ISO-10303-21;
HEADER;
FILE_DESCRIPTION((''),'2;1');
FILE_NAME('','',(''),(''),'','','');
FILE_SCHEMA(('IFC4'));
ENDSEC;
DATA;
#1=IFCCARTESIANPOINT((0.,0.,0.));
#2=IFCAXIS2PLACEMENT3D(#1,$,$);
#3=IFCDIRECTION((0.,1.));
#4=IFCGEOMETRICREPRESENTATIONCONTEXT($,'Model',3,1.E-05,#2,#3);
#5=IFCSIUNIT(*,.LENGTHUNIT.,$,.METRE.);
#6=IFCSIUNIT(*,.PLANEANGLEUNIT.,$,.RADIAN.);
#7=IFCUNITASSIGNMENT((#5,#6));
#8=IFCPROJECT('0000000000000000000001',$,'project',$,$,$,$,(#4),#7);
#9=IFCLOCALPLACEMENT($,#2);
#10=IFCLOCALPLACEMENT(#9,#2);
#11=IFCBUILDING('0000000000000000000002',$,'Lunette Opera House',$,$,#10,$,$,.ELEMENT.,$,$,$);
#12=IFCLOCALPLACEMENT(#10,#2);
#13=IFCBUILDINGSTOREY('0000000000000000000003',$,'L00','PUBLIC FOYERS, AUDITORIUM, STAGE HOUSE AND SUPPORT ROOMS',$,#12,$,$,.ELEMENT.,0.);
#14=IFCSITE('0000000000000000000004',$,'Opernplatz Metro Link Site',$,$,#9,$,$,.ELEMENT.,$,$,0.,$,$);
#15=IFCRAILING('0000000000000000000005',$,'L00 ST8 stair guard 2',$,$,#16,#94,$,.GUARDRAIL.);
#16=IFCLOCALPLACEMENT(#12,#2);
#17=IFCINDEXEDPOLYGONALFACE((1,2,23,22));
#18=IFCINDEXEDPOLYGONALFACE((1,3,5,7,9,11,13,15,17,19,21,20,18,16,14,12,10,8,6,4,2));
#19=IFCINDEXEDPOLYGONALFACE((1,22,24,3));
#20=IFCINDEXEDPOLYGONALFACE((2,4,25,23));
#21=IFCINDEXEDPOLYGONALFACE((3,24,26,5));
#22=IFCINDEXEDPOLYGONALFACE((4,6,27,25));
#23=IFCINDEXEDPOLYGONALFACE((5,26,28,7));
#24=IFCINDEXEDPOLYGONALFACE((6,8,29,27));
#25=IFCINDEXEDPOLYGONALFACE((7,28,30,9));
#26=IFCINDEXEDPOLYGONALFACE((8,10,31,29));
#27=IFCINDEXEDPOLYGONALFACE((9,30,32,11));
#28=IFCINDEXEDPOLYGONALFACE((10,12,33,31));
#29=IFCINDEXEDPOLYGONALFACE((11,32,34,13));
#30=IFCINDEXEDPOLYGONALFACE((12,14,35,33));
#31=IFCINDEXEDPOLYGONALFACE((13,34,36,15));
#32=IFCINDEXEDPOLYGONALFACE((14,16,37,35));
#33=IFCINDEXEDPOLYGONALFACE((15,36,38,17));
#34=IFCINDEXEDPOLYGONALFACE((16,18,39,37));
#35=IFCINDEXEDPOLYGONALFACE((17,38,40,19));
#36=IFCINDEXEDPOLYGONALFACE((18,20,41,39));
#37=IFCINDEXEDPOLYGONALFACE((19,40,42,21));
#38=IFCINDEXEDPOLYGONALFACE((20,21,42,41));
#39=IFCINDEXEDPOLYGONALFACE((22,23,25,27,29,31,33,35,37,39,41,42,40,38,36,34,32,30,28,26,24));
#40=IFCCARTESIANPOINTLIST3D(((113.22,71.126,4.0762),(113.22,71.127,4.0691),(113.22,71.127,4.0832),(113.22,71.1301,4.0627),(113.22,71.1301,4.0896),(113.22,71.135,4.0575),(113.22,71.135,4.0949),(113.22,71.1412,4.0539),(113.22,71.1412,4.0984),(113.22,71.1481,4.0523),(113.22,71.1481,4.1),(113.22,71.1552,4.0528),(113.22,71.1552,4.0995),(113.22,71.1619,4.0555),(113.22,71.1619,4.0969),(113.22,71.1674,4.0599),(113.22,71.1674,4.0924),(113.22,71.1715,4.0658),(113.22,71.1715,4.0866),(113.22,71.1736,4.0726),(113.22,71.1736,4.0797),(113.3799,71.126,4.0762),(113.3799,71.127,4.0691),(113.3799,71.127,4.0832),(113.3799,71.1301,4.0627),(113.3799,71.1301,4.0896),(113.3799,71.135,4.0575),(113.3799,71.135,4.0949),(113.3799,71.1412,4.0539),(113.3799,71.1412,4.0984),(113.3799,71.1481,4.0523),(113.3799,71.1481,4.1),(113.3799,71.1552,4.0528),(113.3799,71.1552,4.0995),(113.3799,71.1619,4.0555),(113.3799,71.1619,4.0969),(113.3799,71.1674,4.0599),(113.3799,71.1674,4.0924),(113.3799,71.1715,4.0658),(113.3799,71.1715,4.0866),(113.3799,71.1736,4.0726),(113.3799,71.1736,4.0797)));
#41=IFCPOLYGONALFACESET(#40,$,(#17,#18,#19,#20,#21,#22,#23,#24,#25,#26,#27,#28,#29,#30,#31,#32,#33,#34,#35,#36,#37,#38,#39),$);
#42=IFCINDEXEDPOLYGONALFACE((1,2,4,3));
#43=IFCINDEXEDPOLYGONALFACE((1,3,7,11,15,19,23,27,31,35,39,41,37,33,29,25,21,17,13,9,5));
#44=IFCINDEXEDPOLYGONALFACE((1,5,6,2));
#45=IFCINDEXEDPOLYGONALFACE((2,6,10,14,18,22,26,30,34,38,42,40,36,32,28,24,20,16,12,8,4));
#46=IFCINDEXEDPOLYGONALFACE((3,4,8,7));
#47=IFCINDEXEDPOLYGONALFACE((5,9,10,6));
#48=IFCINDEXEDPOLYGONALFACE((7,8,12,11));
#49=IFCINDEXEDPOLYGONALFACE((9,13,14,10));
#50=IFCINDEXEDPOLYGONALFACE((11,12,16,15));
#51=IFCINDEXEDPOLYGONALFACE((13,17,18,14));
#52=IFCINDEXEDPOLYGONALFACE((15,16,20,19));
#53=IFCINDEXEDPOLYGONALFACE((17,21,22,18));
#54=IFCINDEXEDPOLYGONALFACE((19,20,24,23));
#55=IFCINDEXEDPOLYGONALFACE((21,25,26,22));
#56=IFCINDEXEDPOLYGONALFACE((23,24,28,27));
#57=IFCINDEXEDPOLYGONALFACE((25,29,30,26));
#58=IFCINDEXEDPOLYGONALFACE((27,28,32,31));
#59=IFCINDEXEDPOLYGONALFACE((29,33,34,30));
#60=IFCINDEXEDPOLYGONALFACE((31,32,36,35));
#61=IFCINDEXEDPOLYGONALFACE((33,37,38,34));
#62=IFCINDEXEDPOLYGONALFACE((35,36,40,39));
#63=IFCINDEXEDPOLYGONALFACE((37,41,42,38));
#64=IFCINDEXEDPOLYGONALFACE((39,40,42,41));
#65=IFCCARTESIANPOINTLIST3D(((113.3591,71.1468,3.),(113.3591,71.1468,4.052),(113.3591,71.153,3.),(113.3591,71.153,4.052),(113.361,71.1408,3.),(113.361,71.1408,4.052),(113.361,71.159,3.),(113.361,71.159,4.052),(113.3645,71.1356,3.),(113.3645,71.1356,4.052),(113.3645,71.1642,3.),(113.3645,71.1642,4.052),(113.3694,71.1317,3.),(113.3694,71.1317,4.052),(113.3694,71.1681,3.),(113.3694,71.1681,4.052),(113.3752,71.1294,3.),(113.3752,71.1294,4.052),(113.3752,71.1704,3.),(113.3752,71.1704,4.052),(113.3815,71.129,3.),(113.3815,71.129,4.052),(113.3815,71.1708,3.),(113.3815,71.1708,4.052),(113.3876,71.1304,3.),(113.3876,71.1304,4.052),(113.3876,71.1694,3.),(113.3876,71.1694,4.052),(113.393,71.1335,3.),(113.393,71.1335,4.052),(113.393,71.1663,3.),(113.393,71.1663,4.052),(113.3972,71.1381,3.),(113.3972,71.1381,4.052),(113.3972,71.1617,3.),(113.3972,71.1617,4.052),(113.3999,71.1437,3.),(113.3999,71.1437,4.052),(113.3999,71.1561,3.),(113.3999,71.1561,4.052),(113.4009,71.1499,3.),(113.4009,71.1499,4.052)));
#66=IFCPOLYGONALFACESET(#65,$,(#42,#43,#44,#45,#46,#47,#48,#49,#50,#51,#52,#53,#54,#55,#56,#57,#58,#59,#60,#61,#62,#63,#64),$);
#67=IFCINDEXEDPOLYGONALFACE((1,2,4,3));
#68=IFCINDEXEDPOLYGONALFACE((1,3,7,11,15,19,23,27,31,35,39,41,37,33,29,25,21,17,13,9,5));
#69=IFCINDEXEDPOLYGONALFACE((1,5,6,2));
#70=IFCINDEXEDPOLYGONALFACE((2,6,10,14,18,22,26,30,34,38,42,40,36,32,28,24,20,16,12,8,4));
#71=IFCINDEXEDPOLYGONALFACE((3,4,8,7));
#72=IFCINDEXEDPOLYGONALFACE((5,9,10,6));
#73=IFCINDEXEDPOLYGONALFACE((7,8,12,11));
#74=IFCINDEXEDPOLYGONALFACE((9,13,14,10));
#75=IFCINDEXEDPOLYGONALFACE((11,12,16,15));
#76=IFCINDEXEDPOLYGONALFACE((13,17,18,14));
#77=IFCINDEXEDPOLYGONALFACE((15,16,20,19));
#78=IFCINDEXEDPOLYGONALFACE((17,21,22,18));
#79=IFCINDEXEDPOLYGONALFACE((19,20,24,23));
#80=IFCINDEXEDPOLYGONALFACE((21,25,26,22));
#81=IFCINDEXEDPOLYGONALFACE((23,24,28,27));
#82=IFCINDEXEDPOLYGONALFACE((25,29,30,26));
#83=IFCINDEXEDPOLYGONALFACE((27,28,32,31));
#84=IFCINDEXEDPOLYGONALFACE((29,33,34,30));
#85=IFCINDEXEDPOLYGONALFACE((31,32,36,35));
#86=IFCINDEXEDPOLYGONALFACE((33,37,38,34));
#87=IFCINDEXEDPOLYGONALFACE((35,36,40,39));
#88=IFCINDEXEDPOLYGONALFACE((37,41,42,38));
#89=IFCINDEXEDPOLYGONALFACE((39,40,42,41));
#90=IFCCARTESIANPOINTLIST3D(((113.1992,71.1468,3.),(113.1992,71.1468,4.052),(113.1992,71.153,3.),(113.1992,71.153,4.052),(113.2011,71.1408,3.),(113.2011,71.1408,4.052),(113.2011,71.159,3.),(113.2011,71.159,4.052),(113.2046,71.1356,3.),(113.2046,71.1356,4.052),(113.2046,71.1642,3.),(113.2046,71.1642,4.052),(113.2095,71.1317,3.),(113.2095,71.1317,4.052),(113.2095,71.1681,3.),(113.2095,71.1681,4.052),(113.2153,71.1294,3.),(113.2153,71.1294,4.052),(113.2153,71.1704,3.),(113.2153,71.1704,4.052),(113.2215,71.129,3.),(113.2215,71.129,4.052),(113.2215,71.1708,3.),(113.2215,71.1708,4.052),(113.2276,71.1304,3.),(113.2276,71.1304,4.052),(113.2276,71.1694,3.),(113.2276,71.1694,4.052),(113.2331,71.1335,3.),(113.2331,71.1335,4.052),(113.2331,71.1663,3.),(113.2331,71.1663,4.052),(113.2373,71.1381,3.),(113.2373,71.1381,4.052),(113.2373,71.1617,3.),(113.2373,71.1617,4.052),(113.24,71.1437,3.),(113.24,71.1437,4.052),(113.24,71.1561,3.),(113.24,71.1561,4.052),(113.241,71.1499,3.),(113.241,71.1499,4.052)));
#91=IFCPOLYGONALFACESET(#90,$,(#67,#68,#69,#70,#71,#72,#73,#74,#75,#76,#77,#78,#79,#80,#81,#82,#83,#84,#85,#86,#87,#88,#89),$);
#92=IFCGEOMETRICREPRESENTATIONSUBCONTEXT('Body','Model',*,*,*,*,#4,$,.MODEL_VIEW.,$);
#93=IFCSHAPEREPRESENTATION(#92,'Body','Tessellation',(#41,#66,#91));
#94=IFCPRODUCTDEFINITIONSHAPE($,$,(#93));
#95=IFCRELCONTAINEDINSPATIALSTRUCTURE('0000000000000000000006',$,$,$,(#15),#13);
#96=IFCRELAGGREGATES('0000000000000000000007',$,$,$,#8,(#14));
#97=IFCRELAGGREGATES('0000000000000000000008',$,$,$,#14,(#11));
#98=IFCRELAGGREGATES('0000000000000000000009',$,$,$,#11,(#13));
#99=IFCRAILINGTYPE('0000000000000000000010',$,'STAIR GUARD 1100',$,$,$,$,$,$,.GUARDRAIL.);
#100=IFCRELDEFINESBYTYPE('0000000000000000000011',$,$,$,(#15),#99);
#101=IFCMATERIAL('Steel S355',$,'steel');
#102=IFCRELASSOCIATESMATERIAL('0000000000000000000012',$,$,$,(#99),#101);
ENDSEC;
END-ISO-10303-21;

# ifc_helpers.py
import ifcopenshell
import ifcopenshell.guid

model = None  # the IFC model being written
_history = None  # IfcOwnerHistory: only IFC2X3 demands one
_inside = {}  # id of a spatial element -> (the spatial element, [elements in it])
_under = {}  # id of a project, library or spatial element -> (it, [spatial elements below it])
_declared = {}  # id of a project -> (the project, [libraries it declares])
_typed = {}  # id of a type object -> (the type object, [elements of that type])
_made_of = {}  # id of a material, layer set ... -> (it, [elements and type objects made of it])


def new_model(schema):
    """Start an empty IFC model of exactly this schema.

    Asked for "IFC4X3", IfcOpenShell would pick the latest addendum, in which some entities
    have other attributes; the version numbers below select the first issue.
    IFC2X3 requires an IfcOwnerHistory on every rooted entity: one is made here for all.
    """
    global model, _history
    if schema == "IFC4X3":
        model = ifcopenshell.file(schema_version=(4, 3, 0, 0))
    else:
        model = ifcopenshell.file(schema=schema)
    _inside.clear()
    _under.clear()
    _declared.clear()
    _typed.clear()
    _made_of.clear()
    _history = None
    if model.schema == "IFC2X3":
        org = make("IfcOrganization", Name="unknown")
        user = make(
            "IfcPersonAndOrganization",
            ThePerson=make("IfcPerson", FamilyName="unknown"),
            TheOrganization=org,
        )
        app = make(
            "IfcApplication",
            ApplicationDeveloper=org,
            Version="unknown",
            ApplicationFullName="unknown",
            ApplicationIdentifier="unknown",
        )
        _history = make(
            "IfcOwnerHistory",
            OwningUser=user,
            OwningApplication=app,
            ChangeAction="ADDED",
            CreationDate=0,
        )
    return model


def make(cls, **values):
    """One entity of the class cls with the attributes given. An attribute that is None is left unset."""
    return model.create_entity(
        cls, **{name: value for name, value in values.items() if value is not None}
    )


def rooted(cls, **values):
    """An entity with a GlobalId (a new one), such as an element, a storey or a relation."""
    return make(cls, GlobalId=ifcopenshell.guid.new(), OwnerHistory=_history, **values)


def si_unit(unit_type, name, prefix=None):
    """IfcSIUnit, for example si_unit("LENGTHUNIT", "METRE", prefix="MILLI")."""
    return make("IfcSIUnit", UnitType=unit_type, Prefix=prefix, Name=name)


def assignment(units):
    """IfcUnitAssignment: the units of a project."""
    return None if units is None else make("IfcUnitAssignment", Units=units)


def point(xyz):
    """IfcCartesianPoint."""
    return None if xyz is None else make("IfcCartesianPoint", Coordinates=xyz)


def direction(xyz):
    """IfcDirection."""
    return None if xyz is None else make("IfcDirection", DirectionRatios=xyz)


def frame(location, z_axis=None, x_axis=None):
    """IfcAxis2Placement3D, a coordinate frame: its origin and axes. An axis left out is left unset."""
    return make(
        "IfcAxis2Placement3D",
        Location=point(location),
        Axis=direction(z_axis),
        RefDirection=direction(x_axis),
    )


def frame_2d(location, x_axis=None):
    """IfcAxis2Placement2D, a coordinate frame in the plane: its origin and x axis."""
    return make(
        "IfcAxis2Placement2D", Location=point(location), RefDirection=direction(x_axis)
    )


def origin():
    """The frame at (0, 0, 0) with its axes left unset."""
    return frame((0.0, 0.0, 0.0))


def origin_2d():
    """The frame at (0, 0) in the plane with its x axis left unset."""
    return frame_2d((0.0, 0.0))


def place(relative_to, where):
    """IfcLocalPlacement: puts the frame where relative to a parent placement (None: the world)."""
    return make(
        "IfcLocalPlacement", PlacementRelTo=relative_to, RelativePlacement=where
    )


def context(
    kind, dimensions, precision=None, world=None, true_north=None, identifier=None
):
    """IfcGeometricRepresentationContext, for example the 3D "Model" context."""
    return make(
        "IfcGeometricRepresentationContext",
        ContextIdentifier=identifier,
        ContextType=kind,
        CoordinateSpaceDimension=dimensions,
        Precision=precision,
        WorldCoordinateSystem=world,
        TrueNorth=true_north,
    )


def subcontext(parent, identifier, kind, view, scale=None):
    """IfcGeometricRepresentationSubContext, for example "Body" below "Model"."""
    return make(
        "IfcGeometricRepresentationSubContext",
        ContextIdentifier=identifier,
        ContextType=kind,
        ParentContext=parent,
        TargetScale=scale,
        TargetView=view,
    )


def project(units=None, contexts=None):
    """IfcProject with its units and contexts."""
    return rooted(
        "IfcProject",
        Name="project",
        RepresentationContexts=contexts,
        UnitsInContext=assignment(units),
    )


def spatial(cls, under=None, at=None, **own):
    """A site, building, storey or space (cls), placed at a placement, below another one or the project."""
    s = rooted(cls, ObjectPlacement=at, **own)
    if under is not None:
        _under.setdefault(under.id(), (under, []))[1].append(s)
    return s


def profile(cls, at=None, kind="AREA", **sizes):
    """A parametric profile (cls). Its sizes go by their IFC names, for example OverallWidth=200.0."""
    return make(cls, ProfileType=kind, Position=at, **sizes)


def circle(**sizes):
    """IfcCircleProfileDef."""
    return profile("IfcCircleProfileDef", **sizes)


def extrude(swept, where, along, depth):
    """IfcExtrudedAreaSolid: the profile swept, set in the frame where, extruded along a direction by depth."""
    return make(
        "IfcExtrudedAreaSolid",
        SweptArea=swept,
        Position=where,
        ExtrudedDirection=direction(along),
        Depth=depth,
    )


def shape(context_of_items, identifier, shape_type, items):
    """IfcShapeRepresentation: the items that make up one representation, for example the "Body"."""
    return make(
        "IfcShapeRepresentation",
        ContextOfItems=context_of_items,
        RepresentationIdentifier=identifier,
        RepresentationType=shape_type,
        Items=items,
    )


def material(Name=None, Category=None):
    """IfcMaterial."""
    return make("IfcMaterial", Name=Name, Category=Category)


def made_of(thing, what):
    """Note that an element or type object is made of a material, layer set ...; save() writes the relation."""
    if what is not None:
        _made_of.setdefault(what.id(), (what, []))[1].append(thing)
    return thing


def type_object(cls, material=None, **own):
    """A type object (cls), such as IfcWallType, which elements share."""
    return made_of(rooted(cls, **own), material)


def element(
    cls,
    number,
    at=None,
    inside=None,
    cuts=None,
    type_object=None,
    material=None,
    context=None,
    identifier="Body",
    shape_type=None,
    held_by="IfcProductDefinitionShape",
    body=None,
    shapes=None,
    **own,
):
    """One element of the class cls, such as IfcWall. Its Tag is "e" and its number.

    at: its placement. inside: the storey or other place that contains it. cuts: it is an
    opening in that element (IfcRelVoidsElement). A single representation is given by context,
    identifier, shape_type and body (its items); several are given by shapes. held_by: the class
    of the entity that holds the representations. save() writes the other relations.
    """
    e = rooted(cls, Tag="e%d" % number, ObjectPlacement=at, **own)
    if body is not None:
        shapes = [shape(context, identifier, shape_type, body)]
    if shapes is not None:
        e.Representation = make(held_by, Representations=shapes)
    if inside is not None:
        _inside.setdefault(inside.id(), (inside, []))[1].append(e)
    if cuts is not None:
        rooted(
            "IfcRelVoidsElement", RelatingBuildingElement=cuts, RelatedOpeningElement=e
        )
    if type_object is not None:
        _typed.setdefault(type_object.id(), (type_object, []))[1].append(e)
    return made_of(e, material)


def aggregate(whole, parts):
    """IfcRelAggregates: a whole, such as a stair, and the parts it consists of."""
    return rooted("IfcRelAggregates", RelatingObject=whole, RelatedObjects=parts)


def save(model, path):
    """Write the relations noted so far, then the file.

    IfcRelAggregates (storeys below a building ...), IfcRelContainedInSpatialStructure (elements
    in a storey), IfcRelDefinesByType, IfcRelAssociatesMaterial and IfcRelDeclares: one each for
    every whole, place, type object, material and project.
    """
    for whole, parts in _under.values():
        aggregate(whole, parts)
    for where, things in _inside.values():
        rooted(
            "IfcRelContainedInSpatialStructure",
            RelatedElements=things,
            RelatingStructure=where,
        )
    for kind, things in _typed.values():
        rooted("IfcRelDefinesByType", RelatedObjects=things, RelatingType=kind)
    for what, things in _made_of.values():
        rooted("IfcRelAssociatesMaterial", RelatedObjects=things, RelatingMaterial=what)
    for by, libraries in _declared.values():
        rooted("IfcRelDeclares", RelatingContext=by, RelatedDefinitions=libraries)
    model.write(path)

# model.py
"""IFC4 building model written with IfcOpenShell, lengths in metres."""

from ifc_helpers import new_model, si_unit, direction, frame, origin, origin_2d, place, context, subcontext, project, spatial, circle, extrude, material, type_object, element, save


model = new_model("IFC4")

# Units and contexts
model_context = context("Model", 3, precision=1e-05, world=origin(), true_north=direction((0.0, 1.0)))
body_context = subcontext(model_context, "Body", "Model", "MODEL_VIEW")
ifc_project = project(units=[si_unit("LENGTHUNIT", "METRE"), si_unit("PLANEANGLEUNIT", "RADIAN")], contexts=[model_context])

# Site, building, storey
site_placement = place(None, origin())
site = spatial("IfcSite", under=ifc_project, at=site_placement, Name="Opernplatz Metro Link Site", CompositionType="ELEMENT", RefElevation=0.0)
building_placement = place(site_placement, origin())
building = spatial("IfcBuilding", under=site, at=building_placement, Name="Lunette Opera House", CompositionType="ELEMENT")
storey_placement = place(building_placement, origin())
storey = spatial("IfcBuildingStorey", under=building, at=storey_placement, Name="L00", Description="PUBLIC FOYERS, AUDITORIUM, STAGE HOUSE AND SUPPORT ROOMS", CompositionType="ELEMENT", Elevation=0.0)

# Railing
ifc_material_1 = material(Name="Steel S355", Category="steel")
railing_type_1 = type_object("IfcRailingType", Name="STAIR GUARD 1100", PredefinedType="GUARDRAIL", material=ifc_material_1)
railing_1_placement = place(storey_placement, frame((113.3799, 71.1499, 3.0)))
element("IfcRailing", 1, at=railing_1_placement, inside=storey, type_object=railing_type_1, Name="L00 ST8 stair guard 2", PredefinedType="GUARDRAIL", context=body_context, shape_type="SweptSolid", body=[
    extrude(circle(Radius=0.0239, at=origin_2d()), frame((0.0, 0.0, 1.0762), z_axis=(-1.0, 0.0, 0.0), x_axis=(0.0, -1.0, 0.0)), (0.0, 0.0, 1.0), 0.1599),
    extrude(circle(Radius=0.021, at=origin_2d()), origin(), (0.0, 0.0, 1.0), 1.052),
    extrude(circle(Radius=0.021, at=origin_2d()), frame((-0.1599, 0.0, 0.0)), (0.0, 0.0, 1.0), 1.052),
])

save(model, "model.ifc")
